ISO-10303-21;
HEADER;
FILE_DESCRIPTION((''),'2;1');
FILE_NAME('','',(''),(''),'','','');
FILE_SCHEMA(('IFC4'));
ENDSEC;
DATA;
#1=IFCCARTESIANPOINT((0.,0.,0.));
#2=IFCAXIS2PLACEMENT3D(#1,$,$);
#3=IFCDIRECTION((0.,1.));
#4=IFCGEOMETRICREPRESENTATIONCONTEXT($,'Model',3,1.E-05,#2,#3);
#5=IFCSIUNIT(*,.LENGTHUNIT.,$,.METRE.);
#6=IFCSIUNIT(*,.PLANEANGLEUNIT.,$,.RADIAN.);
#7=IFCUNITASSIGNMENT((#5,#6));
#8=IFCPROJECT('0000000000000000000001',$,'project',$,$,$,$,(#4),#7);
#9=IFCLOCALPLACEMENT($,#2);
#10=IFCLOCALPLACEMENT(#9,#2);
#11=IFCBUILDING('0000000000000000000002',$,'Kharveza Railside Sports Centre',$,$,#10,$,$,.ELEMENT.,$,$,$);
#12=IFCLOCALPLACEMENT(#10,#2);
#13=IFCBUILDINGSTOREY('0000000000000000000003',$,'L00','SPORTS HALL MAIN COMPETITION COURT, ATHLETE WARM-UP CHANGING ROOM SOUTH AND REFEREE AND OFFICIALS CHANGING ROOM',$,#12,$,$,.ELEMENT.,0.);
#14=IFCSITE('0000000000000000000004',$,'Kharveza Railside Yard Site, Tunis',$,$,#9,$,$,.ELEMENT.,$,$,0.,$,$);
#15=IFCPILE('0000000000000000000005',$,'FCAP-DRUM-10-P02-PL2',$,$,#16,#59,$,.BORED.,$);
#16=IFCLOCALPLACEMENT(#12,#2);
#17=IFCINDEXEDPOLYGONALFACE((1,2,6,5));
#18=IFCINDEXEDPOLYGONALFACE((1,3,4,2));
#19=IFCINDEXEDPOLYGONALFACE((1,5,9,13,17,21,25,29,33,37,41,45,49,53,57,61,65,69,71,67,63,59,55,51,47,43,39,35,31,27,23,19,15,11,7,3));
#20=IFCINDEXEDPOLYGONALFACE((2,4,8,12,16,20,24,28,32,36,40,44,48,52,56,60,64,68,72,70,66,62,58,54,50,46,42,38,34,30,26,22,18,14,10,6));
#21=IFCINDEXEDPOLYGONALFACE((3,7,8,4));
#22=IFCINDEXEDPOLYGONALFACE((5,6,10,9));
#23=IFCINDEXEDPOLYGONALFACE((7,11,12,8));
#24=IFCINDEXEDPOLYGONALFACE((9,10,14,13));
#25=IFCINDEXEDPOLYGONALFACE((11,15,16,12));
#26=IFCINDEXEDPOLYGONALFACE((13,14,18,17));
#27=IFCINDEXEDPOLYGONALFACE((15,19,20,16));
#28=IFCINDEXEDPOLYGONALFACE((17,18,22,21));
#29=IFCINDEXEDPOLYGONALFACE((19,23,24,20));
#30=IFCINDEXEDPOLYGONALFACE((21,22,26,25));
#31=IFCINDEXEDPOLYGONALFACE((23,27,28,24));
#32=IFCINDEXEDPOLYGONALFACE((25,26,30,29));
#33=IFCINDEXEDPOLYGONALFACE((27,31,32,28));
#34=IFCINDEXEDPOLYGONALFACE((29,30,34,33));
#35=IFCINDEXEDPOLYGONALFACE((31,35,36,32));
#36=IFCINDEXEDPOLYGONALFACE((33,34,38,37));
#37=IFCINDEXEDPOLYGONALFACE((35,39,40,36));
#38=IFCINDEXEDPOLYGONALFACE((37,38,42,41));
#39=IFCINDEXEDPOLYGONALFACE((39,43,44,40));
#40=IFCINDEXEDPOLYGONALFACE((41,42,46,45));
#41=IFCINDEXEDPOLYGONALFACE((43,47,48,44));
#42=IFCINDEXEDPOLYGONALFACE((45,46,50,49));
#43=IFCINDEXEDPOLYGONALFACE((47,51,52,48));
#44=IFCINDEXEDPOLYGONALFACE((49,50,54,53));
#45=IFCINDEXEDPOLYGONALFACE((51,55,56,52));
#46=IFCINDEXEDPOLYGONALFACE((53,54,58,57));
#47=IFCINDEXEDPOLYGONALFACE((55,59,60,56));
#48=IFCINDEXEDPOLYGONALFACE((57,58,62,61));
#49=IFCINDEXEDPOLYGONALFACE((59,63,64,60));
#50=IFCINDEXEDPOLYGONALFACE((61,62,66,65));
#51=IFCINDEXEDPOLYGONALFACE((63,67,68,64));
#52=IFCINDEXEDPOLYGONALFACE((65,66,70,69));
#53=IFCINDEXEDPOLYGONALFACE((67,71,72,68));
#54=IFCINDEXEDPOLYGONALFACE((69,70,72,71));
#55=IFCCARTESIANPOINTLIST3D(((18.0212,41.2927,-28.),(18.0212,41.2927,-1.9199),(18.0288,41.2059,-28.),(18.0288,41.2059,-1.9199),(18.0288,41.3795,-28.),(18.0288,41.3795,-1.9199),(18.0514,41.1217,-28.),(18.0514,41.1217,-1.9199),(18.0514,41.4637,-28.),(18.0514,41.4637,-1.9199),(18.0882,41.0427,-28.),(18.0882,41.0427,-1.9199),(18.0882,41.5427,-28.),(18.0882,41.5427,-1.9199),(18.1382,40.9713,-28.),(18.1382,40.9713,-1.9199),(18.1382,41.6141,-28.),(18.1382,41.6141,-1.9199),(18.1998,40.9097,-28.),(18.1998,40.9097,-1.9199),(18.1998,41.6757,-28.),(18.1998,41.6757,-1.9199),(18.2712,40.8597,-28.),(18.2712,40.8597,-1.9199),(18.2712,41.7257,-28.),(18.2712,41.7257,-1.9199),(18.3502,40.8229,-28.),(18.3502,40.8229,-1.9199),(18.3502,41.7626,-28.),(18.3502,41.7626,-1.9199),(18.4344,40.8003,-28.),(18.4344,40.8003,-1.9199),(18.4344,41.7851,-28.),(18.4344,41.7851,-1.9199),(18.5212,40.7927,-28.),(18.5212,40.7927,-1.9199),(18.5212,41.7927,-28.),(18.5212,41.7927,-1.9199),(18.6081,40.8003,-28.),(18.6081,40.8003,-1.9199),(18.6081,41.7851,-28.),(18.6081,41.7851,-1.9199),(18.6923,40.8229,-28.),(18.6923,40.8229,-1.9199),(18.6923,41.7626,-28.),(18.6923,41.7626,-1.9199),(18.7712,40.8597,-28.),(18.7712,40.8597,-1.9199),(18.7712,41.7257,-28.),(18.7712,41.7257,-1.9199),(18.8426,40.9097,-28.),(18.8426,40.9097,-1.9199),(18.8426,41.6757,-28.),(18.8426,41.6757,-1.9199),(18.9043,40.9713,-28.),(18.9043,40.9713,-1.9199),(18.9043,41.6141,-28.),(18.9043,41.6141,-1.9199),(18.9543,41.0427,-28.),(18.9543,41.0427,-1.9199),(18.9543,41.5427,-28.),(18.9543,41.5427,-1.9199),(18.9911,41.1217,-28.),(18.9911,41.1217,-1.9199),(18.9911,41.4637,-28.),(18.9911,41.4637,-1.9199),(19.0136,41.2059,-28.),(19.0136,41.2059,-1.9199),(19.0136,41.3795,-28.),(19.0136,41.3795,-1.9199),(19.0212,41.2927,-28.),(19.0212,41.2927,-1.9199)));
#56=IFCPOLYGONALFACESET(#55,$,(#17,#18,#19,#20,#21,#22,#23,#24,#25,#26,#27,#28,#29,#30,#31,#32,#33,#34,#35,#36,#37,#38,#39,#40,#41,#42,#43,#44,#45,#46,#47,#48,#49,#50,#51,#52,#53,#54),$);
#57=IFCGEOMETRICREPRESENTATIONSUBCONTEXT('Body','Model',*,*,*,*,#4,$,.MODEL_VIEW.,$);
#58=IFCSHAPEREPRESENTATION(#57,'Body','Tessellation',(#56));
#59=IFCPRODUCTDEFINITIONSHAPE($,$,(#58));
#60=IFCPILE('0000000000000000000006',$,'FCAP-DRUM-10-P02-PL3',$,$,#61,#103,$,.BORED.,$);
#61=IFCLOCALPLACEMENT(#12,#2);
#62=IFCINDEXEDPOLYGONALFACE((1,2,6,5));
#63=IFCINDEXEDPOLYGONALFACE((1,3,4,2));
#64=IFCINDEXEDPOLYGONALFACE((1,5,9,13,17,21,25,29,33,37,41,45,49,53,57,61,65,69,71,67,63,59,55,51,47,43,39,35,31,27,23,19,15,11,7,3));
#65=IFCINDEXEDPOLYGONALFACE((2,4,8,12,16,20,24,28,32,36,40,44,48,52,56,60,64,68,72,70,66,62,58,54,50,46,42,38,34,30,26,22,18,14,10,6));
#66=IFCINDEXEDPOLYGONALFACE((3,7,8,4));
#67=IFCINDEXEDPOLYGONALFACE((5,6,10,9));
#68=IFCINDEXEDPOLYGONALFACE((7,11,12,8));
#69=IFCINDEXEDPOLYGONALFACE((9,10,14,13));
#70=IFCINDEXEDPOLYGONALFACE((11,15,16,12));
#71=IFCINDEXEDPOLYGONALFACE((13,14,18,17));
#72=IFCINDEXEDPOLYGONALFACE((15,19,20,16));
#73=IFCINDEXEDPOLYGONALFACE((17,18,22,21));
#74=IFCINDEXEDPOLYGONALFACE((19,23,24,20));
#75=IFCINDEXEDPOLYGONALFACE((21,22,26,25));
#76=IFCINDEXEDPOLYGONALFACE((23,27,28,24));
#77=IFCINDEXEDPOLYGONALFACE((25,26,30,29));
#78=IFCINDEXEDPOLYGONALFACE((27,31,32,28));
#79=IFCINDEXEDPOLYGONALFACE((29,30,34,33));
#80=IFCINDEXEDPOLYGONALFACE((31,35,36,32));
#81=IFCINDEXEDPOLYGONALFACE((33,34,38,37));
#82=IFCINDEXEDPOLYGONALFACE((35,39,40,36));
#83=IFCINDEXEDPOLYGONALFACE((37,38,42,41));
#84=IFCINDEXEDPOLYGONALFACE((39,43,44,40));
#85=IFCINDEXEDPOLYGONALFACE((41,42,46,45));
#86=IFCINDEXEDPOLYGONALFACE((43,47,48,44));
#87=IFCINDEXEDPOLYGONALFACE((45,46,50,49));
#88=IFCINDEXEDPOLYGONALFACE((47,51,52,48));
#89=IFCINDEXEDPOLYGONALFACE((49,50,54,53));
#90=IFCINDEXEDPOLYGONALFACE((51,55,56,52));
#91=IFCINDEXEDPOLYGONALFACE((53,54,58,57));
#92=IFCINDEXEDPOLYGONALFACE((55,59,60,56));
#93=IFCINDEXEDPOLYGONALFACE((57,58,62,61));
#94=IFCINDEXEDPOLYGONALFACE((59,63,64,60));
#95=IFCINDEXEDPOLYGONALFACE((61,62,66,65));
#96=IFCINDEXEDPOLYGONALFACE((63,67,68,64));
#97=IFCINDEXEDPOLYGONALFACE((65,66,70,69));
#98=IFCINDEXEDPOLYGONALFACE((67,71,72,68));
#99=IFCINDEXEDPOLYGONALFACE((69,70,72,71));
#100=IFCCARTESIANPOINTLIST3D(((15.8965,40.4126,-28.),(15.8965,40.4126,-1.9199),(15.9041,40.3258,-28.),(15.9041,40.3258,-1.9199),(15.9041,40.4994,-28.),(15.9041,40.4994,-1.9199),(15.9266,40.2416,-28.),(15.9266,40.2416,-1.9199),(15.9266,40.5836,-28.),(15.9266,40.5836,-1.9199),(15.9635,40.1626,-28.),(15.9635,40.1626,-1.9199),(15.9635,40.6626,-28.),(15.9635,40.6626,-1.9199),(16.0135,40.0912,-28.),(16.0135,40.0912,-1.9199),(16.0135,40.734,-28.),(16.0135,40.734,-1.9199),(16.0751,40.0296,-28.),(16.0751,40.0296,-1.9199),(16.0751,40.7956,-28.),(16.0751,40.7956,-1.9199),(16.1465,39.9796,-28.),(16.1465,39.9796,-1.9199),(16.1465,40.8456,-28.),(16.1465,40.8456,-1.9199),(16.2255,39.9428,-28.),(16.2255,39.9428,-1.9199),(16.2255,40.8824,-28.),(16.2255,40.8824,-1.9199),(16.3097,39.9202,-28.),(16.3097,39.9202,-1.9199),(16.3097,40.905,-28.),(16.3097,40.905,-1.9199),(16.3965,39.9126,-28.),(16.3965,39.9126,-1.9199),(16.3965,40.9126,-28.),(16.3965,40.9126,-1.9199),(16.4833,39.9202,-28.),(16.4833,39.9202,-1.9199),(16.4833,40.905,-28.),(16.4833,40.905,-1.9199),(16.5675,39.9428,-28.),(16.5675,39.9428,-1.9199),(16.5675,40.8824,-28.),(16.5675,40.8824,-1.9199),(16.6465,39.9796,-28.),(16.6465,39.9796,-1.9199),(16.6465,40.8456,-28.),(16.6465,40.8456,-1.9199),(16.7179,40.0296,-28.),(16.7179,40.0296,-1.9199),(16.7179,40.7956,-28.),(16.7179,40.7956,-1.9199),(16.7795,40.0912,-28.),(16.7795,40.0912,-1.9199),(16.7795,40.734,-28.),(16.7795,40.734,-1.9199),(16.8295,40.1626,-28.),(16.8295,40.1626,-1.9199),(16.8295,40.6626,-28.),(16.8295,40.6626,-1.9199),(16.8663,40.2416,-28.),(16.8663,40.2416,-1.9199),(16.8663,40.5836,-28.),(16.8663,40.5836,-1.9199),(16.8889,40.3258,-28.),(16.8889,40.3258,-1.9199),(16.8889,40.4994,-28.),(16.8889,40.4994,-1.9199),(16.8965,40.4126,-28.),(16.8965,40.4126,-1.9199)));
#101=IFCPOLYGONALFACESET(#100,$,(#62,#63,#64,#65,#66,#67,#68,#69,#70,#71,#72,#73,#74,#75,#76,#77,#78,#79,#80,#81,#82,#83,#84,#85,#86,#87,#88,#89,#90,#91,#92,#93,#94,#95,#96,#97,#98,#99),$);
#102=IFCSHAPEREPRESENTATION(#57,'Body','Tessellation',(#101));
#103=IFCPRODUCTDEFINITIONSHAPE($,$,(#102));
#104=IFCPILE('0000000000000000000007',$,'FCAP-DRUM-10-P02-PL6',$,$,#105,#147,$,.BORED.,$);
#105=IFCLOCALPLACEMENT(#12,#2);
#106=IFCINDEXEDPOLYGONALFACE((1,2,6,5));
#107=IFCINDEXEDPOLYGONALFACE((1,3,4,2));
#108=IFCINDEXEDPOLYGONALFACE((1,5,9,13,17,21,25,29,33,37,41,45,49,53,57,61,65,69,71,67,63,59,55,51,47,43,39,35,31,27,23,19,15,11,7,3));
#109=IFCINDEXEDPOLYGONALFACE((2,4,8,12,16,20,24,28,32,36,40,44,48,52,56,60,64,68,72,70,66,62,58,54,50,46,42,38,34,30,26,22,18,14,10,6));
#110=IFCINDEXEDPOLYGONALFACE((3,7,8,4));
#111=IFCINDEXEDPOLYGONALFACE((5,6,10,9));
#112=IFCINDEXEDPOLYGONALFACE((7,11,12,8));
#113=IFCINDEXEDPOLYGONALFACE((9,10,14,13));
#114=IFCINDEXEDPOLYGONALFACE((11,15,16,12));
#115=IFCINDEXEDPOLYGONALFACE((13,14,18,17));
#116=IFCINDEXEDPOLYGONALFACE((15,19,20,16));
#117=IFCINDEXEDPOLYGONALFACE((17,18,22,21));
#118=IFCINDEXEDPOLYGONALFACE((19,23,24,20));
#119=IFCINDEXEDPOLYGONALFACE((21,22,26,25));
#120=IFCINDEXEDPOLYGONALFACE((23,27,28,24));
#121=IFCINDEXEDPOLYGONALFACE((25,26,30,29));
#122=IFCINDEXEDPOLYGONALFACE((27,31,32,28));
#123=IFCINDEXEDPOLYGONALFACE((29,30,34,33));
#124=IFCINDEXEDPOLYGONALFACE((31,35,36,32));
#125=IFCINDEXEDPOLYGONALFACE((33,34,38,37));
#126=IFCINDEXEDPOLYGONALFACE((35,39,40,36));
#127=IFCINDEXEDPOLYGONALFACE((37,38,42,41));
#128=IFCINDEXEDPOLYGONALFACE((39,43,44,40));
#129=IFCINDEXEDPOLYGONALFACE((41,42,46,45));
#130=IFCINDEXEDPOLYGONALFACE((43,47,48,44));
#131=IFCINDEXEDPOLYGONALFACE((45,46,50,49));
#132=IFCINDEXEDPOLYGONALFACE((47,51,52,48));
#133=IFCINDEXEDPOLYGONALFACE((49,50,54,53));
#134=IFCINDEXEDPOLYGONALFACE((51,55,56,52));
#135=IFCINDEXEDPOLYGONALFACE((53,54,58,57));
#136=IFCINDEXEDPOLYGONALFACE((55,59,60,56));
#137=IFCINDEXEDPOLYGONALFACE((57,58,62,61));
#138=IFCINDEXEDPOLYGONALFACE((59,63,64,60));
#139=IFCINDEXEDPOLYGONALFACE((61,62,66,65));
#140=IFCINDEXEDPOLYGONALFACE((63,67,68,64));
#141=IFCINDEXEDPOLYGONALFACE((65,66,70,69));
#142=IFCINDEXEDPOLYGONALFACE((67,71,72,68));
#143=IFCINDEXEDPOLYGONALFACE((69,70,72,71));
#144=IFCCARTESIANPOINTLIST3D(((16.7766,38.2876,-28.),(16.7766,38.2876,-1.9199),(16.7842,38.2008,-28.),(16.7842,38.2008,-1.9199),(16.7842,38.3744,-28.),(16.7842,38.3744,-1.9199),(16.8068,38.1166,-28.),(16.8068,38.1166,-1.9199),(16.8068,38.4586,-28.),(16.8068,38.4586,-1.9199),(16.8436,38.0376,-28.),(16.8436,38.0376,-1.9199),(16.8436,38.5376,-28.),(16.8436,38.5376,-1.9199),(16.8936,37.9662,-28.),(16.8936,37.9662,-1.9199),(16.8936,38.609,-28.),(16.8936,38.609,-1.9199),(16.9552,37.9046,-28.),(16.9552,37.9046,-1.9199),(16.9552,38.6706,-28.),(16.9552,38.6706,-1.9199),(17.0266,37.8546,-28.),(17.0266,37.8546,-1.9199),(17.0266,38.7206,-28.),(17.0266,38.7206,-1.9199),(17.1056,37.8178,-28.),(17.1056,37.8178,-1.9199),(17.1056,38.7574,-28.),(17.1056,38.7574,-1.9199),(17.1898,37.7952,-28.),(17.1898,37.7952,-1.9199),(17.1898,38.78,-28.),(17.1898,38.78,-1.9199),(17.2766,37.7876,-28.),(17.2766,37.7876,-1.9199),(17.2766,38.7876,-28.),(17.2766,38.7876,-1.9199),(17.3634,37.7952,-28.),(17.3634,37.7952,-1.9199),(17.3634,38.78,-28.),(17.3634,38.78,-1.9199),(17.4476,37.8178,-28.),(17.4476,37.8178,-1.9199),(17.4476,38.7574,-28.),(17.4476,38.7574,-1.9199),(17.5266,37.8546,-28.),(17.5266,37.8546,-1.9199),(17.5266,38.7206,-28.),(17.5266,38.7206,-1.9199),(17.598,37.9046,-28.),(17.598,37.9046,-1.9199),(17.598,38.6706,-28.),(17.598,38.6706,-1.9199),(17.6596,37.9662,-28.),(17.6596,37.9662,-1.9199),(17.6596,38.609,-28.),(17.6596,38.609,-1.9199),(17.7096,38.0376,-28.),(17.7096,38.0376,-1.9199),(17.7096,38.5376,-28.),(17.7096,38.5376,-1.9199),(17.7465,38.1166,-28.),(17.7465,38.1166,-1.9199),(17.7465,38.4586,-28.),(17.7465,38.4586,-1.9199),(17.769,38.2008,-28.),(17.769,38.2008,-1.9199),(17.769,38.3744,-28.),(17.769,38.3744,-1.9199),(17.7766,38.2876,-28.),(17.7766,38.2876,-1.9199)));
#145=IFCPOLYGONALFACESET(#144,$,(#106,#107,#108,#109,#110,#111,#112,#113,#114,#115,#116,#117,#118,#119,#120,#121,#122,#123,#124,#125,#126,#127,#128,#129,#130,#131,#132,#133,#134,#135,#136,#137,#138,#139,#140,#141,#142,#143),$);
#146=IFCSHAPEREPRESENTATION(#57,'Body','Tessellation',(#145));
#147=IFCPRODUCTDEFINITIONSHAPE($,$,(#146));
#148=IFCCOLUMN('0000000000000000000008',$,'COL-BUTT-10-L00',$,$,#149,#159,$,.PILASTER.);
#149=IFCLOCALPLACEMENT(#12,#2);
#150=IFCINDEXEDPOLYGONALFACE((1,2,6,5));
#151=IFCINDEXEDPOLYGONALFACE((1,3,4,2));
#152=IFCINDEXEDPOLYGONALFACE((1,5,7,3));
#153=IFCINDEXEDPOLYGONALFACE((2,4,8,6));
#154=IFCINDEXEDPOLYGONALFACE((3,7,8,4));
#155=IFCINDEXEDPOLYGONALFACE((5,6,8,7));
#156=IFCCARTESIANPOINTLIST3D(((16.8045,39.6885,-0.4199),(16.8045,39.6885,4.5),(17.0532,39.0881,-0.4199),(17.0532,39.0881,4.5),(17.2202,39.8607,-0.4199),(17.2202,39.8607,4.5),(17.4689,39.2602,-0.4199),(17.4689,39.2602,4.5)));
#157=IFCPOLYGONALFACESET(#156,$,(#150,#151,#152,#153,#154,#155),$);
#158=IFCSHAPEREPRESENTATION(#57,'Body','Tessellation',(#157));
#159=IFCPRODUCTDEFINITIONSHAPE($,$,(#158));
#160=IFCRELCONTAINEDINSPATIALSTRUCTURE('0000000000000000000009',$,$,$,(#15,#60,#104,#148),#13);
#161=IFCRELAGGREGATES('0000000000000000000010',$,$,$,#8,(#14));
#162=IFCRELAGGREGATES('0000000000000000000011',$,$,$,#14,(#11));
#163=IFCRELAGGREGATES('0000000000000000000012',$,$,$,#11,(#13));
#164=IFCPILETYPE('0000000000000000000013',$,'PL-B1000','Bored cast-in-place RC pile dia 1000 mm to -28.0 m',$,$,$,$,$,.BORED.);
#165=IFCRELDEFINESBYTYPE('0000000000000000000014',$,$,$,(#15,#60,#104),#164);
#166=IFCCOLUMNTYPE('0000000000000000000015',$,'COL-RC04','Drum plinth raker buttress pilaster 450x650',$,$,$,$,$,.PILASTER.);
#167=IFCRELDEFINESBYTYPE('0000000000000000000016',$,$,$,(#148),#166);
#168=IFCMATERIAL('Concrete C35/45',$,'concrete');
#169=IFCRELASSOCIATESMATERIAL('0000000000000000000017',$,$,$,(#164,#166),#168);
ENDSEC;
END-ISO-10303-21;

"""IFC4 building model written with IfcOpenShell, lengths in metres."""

from ifc_helpers import new_model, si_unit, direction, frame, origin, origin_2d, place, context, subcontext, project, spatial, rectangle, circle, extrude, material, material_profile, profile_set, type_object, element, save


model = new_model("IFC4")

# Units and contexts
model_context = context("Model", 3, precision=1e-05, world=origin(), true_north=direction((0.0, 1.0)))
body_context = subcontext(model_context, "Body", "Model", "MODEL_VIEW")
ifc_project = project(units=[si_unit("LENGTHUNIT", "METRE"), si_unit("PLANEANGLEUNIT", "RADIAN")], contexts=[model_context])

# Site, building, storey
site_placement = place(None, origin())
site = spatial("IfcSite", under=ifc_project, at=site_placement, Name="Kharveza Railside Yard Site, Tunis", CompositionType="ELEMENT", RefElevation=0.0)
building_placement = place(site_placement, origin())
building = spatial("IfcBuilding", under=site, at=building_placement, Name="Kharveza Railside Sports Centre", CompositionType="ELEMENT")
storey_placement = place(building_placement, origin())
storey = spatial("IfcBuildingStorey", under=building, at=storey_placement, Name="L00", Description="SPORTS HALL MAIN COMPETITION COURT, ATHLETE WARM-UP CHANGING ROOM SOUTH AND REFEREE AND OFFICIALS CHANGING ROOM", CompositionType="ELEMENT", Elevation=0.0)

# Shared definitions
ifc_material_1 = material(Name="Concrete C35/45", Category="concrete")

# Piles
ifc_material_profile_1 = material_profile(ifc_material_1, circle(Radius=0.5, at=origin_2d()), Name="PILE D1000")
ifc_profile_set_1 = profile_set([ifc_material_profile_1], Name="Concrete C35/45")
pile_type = type_object("IfcPileType", Name="PL-B1000", Description="Bored cast-in-place RC pile dia 1000 mm to -28.0 m", PredefinedType="BORED", material=ifc_profile_set_1)
for number, where, z_axis, x_axis, name in (
    (1, (18.5212, 41.2927, -1.9199), (0.0, 0.0, -1.0), (1.0, 0.0, 0.0), "FCAP-DRUM-10-P02-PL2"),
    (2, (16.3965, 40.4126, -1.9199), (0.0, 0.0, -1.0), (1.0, 0.0, 0.0), "FCAP-DRUM-10-P02-PL3"),
    (3, (17.2766, 38.2876, -1.9199), (0.0, 0.0, -1.0), (1.0, 0.0, 0.0), "FCAP-DRUM-10-P02-PL6"),
):
    element("IfcPile", number, at=place(storey_placement, frame(where, z_axis=z_axis, x_axis=x_axis)), inside=storey, type_object=pile_type, Name=name, PredefinedType="BORED", context=body_context, shape_type="SweptSolid", body=[
        extrude(circle(Radius=0.5, at=origin_2d()), origin(), (0.0, 0.0, 1.0), 26.0801),
    ])

# Column
ifc_material_profile_2 = material_profile(ifc_material_1, rectangle(XDim=0.45, YDim=0.6499, at=origin_2d()), Name="RC 450x650")
ifc_profile_set_2 = profile_set([ifc_material_profile_2], Name="Concrete C35/45")
column_type_1 = type_object("IfcColumnType", Name="COL-RC04", Description="Drum plinth raker buttress pilaster 450x650", PredefinedType="PILASTER", material=ifc_profile_set_2)
column_1_placement = place(storey_placement, frame((17.1367, 39.4744, -0.4199), z_axis=(0.0, 0.0, 1.0), x_axis=(-0.92388, -0.382683, 0.0)))
element("IfcColumn", 4, at=column_1_placement, inside=storey, type_object=column_type_1, Name="COL-BUTT-10-L00", PredefinedType="PILASTER", context=body_context, shape_type="SweptSolid", body=[
    extrude(rectangle(XDim=0.45, YDim=0.6499, at=origin_2d()), origin(), (0.0, 0.0, 1.0), 4.9199),
])

save(model, "model.ifc")
